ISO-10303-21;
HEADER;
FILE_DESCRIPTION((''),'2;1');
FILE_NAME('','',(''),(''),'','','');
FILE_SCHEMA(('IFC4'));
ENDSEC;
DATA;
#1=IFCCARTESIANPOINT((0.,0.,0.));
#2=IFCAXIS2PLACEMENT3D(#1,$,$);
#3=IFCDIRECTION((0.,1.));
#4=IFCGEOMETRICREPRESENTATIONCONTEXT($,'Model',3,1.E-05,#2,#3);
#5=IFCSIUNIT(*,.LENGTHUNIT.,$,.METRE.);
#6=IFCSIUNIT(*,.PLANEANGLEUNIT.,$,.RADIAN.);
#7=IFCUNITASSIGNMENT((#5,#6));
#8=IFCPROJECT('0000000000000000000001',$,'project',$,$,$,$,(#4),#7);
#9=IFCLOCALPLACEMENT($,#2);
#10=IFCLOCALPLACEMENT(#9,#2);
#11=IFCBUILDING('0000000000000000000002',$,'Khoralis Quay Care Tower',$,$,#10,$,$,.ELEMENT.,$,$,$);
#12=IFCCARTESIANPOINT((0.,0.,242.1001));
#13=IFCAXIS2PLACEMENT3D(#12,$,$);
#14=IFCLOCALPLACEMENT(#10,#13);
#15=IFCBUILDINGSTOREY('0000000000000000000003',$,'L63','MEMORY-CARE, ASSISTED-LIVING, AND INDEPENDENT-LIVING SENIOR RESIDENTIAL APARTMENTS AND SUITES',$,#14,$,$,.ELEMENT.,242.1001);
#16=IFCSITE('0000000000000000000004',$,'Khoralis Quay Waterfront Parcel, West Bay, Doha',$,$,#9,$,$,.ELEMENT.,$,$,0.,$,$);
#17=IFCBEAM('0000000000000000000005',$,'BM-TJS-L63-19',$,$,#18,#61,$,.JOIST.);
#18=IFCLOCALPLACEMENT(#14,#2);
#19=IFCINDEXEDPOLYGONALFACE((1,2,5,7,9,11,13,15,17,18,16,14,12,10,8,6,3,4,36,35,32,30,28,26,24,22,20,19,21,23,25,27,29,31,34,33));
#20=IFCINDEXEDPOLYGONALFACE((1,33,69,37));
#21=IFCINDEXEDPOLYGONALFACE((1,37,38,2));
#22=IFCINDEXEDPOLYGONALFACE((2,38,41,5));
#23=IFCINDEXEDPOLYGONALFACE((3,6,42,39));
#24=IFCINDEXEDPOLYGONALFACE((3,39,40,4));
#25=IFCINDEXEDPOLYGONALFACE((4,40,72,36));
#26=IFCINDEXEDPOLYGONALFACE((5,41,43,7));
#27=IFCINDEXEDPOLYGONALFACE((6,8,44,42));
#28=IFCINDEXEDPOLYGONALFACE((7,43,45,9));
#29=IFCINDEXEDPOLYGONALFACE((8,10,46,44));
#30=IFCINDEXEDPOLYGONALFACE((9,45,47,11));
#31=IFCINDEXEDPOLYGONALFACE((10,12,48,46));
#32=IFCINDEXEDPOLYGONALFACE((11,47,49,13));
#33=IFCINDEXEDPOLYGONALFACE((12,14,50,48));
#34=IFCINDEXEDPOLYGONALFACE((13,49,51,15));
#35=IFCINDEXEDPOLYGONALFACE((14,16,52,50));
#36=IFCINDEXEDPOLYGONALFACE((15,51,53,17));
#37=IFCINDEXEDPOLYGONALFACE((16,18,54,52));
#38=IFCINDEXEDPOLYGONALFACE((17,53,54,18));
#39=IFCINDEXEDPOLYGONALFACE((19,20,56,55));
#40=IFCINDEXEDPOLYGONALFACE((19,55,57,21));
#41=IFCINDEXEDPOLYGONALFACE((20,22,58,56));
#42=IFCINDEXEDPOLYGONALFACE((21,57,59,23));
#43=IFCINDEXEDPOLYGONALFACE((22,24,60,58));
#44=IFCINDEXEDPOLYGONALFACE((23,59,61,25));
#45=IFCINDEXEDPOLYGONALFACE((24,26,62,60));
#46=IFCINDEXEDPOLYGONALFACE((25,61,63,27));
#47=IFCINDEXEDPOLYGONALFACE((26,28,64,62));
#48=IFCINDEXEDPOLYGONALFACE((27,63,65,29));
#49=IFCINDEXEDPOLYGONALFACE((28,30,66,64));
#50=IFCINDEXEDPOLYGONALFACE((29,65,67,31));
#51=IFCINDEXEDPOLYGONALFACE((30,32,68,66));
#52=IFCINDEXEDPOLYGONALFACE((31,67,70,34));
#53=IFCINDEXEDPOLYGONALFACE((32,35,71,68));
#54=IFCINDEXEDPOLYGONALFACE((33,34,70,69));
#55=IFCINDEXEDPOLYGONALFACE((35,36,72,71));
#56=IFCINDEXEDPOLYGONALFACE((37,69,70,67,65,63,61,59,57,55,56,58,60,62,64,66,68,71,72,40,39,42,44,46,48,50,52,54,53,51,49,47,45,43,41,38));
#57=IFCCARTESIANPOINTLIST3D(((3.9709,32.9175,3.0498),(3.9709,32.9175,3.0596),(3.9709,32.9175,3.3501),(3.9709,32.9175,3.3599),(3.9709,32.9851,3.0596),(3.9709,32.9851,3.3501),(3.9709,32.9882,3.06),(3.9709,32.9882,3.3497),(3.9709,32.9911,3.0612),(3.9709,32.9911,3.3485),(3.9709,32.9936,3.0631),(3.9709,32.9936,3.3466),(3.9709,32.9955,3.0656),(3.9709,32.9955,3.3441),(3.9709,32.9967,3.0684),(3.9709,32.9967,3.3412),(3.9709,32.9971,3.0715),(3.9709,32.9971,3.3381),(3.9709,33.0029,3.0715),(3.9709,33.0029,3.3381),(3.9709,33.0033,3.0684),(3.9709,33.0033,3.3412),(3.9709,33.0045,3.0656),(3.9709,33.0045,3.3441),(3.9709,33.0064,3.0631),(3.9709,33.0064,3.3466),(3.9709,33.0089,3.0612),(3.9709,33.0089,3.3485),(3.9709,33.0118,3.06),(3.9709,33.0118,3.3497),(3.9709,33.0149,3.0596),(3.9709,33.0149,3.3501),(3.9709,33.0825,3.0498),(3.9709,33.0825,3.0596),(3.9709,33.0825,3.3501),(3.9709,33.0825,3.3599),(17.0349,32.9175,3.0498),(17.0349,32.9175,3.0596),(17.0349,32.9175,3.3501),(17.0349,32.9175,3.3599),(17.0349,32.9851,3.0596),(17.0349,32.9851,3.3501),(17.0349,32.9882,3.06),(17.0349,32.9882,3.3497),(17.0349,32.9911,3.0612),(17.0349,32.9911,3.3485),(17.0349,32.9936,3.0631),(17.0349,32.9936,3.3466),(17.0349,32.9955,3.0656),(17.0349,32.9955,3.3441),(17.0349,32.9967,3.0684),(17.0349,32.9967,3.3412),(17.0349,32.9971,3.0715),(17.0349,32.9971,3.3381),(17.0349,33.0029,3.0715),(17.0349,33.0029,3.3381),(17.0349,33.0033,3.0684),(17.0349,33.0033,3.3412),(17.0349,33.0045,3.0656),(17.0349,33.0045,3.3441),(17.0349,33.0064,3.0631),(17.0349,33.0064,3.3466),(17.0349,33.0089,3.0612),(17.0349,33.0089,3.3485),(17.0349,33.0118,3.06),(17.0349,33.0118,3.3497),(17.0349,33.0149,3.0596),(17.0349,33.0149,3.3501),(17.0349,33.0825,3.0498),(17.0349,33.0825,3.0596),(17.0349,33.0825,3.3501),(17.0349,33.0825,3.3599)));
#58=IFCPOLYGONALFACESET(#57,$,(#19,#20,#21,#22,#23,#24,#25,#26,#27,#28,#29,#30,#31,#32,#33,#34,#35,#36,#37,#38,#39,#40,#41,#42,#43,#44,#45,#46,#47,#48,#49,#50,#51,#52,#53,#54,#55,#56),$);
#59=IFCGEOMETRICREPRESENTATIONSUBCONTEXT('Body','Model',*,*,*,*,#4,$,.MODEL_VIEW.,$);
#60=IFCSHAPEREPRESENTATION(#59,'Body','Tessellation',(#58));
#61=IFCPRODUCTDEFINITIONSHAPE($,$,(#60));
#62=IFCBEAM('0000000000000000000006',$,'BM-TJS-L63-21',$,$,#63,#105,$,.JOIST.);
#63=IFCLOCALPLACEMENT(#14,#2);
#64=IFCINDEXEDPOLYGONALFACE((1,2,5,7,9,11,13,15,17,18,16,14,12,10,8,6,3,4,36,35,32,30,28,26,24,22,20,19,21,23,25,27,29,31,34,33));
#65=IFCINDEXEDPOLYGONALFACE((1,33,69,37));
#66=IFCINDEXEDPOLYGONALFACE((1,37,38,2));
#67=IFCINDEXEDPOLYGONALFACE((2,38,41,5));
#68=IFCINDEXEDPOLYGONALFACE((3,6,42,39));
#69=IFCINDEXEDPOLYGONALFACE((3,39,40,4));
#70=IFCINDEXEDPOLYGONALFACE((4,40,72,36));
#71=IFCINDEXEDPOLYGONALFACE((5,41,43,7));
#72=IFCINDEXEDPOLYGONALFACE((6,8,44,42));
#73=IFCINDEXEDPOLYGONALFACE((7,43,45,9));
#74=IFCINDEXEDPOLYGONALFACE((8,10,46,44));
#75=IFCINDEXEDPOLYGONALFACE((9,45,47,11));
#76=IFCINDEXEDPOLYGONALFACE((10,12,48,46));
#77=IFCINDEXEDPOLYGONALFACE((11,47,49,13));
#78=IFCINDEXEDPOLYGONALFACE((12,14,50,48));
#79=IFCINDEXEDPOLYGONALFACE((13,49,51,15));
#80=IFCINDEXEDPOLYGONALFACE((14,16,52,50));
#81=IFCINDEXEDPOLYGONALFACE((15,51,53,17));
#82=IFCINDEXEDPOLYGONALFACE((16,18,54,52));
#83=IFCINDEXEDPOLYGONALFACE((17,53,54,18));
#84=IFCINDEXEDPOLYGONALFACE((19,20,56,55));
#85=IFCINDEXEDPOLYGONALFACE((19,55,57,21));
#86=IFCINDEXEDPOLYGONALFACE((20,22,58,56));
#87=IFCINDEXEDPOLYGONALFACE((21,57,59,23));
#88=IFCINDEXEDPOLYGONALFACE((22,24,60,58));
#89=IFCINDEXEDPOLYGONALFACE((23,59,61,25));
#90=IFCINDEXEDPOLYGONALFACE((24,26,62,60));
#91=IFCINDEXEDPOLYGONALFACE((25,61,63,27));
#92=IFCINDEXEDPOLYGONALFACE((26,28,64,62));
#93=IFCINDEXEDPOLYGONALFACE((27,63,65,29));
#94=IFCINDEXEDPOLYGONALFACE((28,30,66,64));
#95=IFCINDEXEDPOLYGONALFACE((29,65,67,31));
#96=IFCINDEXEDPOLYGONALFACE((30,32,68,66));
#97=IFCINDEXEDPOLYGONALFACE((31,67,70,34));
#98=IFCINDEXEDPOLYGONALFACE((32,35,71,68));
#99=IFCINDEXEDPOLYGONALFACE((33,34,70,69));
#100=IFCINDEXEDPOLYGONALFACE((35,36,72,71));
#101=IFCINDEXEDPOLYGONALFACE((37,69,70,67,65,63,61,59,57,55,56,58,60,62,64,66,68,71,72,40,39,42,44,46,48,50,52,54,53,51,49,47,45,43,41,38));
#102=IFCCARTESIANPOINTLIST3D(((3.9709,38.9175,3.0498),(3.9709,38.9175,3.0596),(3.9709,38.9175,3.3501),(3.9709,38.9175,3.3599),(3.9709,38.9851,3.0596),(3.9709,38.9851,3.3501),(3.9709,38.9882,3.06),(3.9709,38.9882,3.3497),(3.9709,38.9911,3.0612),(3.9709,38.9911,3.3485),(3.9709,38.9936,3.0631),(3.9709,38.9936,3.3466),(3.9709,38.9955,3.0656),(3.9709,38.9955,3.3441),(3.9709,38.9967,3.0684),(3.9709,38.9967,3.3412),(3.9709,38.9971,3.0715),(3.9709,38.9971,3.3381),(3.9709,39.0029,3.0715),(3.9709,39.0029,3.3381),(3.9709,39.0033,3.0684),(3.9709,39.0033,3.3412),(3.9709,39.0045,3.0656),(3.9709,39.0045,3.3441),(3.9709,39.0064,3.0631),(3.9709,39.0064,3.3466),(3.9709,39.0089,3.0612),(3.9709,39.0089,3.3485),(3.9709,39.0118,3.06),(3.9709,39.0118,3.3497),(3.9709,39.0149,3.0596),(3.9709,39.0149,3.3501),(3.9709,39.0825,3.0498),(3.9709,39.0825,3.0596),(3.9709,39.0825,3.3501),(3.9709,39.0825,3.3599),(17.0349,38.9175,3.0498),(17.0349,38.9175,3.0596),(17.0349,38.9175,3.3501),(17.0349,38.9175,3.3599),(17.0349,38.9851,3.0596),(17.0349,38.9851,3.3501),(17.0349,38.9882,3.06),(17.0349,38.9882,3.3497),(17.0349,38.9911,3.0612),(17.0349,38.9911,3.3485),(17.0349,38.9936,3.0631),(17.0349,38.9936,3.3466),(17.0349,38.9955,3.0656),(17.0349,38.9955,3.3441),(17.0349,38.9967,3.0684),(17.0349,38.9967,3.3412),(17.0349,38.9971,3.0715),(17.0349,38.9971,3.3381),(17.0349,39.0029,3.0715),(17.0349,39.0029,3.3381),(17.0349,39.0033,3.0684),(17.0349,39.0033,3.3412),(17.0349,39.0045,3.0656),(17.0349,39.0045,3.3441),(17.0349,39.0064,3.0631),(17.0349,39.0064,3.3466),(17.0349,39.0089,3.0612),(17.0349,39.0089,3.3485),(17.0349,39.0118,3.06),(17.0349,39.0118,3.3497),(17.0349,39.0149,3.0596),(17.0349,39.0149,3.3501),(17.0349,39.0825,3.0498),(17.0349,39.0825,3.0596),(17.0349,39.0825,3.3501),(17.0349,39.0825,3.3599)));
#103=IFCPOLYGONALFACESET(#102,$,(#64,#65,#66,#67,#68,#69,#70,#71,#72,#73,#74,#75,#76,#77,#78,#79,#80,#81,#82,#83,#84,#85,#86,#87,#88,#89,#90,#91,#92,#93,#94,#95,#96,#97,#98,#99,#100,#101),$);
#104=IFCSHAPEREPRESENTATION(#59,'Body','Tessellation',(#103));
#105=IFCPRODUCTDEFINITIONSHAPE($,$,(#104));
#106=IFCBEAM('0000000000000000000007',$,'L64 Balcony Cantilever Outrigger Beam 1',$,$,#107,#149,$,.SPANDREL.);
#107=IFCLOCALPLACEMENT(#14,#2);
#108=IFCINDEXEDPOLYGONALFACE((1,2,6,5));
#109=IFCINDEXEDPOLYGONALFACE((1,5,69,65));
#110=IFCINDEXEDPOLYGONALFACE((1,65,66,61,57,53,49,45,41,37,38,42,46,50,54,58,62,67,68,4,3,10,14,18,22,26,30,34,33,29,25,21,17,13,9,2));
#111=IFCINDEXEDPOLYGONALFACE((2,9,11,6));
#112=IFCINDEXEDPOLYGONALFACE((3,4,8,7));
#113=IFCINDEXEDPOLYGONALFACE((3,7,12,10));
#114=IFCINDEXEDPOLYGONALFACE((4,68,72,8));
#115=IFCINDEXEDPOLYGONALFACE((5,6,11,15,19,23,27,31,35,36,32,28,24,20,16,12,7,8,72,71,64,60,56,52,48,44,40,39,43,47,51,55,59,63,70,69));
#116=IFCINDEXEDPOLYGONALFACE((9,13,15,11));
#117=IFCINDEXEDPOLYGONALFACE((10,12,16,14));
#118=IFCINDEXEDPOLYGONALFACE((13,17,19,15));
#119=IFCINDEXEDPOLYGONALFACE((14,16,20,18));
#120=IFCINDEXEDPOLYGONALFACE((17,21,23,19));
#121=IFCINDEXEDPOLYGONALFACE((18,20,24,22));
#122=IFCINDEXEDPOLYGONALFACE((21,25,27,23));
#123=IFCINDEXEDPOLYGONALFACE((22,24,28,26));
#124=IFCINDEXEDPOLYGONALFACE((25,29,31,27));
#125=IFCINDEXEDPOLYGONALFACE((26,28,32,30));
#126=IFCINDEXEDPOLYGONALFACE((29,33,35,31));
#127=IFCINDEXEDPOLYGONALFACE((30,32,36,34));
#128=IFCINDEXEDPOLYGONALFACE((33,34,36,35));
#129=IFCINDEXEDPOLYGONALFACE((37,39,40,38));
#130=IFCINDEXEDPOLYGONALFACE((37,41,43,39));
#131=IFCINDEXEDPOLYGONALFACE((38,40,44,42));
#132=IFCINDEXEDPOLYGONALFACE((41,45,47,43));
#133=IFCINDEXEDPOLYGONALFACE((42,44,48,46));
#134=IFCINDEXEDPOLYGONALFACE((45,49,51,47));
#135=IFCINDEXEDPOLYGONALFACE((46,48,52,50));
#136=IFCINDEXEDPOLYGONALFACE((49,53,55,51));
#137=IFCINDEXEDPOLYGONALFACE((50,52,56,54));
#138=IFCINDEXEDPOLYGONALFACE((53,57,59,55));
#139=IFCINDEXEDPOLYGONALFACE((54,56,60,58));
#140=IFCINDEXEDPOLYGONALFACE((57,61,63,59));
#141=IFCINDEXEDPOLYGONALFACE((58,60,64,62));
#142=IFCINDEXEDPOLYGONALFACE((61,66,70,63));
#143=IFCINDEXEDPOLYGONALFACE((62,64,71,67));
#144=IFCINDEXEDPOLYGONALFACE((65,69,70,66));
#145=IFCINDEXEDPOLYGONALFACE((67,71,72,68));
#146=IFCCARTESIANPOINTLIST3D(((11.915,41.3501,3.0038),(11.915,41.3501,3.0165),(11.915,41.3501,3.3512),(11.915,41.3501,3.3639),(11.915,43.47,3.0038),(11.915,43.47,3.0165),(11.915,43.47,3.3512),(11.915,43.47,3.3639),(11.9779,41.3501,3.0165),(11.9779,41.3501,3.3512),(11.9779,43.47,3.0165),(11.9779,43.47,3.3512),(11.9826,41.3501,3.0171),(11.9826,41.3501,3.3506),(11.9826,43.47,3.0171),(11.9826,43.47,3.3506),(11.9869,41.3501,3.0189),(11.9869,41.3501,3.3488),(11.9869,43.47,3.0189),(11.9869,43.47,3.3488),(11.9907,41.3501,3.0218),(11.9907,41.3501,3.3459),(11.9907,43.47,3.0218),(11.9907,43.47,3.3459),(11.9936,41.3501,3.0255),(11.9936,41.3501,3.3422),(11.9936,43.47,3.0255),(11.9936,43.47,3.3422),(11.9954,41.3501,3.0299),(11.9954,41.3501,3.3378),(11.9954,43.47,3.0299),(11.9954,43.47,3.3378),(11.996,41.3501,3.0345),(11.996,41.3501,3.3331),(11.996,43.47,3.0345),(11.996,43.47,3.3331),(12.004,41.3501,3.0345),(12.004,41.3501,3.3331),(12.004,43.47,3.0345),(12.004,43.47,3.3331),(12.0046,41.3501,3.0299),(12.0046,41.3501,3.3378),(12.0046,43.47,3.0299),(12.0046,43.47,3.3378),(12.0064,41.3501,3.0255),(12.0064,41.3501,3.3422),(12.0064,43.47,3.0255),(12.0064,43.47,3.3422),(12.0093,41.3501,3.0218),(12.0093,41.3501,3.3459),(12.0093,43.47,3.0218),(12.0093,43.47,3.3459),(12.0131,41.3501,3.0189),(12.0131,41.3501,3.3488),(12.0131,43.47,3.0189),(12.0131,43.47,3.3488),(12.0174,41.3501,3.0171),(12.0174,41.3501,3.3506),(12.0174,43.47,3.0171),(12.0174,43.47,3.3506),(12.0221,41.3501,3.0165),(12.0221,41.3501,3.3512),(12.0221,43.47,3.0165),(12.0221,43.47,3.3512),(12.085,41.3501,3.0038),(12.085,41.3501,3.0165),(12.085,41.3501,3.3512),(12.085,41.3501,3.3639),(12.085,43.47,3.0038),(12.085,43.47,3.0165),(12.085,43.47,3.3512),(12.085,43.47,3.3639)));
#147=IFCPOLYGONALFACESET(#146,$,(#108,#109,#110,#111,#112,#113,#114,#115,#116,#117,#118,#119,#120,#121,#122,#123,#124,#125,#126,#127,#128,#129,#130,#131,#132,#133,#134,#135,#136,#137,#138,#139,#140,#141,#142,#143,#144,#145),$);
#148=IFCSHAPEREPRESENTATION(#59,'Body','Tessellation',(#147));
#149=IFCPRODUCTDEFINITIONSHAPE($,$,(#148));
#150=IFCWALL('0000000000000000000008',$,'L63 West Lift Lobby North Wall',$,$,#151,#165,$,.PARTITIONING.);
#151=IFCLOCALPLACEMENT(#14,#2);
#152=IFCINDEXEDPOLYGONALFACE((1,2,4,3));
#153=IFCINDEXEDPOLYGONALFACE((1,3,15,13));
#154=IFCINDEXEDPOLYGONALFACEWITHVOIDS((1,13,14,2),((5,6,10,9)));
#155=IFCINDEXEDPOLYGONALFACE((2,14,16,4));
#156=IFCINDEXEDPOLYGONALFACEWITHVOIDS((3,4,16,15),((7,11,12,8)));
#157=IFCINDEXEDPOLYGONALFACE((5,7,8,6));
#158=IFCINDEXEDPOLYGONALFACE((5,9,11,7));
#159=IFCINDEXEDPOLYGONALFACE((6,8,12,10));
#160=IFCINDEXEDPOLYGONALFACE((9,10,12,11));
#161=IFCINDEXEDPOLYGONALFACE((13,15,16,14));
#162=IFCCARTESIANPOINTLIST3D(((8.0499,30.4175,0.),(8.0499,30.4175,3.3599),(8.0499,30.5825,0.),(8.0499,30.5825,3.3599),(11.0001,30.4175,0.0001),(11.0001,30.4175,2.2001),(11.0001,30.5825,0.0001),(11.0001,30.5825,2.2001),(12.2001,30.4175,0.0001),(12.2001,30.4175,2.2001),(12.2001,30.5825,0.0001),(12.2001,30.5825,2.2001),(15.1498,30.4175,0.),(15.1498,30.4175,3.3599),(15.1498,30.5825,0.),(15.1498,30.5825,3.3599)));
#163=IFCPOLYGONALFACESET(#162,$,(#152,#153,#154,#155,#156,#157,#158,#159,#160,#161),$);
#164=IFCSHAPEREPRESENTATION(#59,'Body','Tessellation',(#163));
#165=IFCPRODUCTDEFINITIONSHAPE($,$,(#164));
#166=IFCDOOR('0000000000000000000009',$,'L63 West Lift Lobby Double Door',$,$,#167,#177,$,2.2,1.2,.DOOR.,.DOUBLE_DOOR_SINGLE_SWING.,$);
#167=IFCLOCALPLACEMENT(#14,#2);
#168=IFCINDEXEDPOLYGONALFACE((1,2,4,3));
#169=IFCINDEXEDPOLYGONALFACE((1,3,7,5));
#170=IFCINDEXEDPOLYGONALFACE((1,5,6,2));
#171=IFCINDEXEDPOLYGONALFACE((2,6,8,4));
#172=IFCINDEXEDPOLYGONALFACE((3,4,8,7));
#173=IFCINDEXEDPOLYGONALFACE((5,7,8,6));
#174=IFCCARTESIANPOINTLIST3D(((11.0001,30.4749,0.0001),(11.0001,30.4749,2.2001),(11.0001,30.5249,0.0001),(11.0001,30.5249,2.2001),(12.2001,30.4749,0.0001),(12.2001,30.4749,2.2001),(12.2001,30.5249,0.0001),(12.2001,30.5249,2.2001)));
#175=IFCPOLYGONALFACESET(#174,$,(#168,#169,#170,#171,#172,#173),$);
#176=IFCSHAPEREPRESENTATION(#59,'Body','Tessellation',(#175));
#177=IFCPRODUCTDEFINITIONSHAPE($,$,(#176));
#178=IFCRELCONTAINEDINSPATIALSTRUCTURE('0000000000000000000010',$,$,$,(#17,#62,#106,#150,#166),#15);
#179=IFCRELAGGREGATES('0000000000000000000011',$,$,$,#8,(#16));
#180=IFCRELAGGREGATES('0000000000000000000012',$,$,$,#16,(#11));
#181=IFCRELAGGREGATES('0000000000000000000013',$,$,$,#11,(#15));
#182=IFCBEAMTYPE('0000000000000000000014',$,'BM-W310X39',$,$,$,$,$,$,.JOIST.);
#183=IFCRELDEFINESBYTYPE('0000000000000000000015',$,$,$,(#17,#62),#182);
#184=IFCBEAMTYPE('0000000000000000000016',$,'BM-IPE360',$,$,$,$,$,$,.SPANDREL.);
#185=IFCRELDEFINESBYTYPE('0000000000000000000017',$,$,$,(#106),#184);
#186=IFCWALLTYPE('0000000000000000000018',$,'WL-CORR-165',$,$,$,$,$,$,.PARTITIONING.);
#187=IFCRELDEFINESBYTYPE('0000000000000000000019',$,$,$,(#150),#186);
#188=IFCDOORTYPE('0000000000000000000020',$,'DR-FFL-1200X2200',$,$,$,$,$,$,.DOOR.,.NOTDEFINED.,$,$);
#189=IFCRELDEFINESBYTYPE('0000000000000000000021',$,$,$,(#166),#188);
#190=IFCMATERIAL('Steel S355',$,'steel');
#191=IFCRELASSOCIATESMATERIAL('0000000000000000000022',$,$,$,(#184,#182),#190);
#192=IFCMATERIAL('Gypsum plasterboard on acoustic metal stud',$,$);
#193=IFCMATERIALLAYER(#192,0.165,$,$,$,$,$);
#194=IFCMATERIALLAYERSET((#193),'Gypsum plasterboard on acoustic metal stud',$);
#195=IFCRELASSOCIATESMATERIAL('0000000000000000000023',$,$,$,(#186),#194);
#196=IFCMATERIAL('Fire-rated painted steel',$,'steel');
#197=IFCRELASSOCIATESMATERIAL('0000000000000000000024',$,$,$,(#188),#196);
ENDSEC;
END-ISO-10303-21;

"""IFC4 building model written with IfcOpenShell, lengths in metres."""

from ifc_helpers import new_model, si_unit, direction, frame, frame_2d, origin, origin_2d, place, context, subcontext, project, spatial, rectangle, i_section, extrude, source, transform, mapped, material, layer, layer_set, material_profile, profile_set, type_object, element, fill, save


model = new_model("IFC4")

# Units and contexts
model_context = context("Model", 3, precision=1e-05, world=origin(), true_north=direction((0.0, 1.0)))
body_context = subcontext(model_context, "Body", "Model", "MODEL_VIEW")
ifc_project = project(units=[si_unit("LENGTHUNIT", "METRE"), si_unit("PLANEANGLEUNIT", "RADIAN")], contexts=[model_context])

# Site, building, storey
site_placement = place(None, origin())
site = spatial("IfcSite", under=ifc_project, at=site_placement, Name="Khoralis Quay Waterfront Parcel, West Bay, Doha", CompositionType="ELEMENT", RefElevation=0.0)
building_placement = place(site_placement, origin())
building = spatial("IfcBuilding", under=site, at=building_placement, Name="Khoralis Quay Care Tower", CompositionType="ELEMENT")
storey_placement = place(building_placement, frame((0.0, 0.0, 242.1001)))
storey = spatial("IfcBuildingStorey", under=building, at=storey_placement, Name="L63", Description="MEMORY-CARE, ASSISTED-LIVING, AND INDEPENDENT-LIVING SENIOR RESIDENTIAL APARTMENTS AND SUITES", CompositionType="ELEMENT", Elevation=242.1001)

# Beams
ifc_material_1 = material(Name="Steel S355", Category="steel")
ifc_material_profile_1 = material_profile(ifc_material_1, i_section(OverallWidth=0.1699, OverallDepth=0.3601, WebThickness=0.0081, FlangeThickness=0.0127, FilletRadius=0.0181, at=origin_2d()), Name="Steel S355")
ifc_profile_set_1 = profile_set([ifc_material_profile_1], Name="Steel S355")
beam_type_1 = type_object("IfcBeamType", Name="BM-IPE360", PredefinedType="SPANDREL", material=ifc_profile_set_1)
ifc_material_profile_2 = material_profile(ifc_material_1, i_section(OverallWidth=0.165, OverallDepth=0.3101, WebThickness=0.0059, FlangeThickness=0.0098, FilletRadius=0.012, at=origin_2d()), Name="Steel S355")
ifc_profile_set_2 = profile_set([ifc_material_profile_2], Name="Steel S355")
beam_type_2 = type_object("IfcBeamType", Name="BM-W310X39", PredefinedType="JOIST", material=ifc_profile_set_2)
shared_shape_1 = source(origin(), body_context, "Body", "SweptSolid", [
    extrude(i_section(OverallWidth=0.165, OverallDepth=0.3101, WebThickness=0.0059, FlangeThickness=0.0098, FilletRadius=0.012, at=origin_2d()), origin(), (0.0, 0.0, 1.0), 13.064),
])
for number, where, z_axis, x_axis, name in (
    (1, (3.9709, 33.0, 3.2048), (1.0, 0.0, 0.0), (0.0, 1.0, 0.0), "BM-TJS-L63-19"),
    (2, (3.9709, 39.0, 3.2048), (1.0, 0.0, 0.0), (0.0, 1.0, 0.0), "BM-TJS-L63-21"),
):
    element("IfcBeam", number, at=place(storey_placement, frame(where, z_axis=z_axis, x_axis=x_axis)), inside=storey, type_object=beam_type_2, Name=name, PredefinedType="JOIST", context=body_context, shape_type="MappedRepresentation", body=[
        mapped(shared_shape_1, transform((0.0, 0.0, 0.0), scale=1.0)),
    ])
shared_shape_2 = source(origin(), body_context, "Body", "SweptSolid", [
    extrude(i_section(OverallWidth=0.1699, OverallDepth=0.3601, WebThickness=0.0081, FlangeThickness=0.0127, FilletRadius=0.0181, at=origin_2d()), origin(), (0.0, 0.0, 1.0), 2.1199),
])
beam_1_placement = place(storey_placement, frame((12.0, 41.3501, 3.1838), z_axis=(0.0, 1.0, 0.0), x_axis=(-1.0, 0.0, 0.0)))
element("IfcBeam", 3, at=beam_1_placement, inside=storey, type_object=beam_type_1, Name="L64 Balcony Cantilever Outrigger Beam 1", PredefinedType="SPANDREL", context=body_context, shape_type="MappedRepresentation", body=[
    mapped(shared_shape_2, transform((0.0, 0.0, 0.0), scale=1.0)),
])

# Wall, opening, door
ifc_material_2 = material(Name="Gypsum plasterboard on acoustic metal stud")
ifc_layer_1 = layer(ifc_material_2, 0.165)
ifc_layer_set_1 = layer_set([ifc_layer_1], Name="Gypsum plasterboard on acoustic metal stud")
wall_type_1 = type_object("IfcWallType", Name="WL-CORR-165", PredefinedType="PARTITIONING", material=ifc_layer_set_1)
wall_1_placement = place(storey_placement, frame((8.05, 30.5, 0.0), z_axis=(0.0, 0.0, 1.0), x_axis=(1.0, 0.0, 0.0)))
wall_1 = element("IfcWall", 4, at=wall_1_placement, inside=storey, type_object=wall_type_1, Name="L63 West Lift Lobby North Wall", PredefinedType="PARTITIONING", context=body_context, shape_type="SweptSolid", body=[
    extrude(rectangle(XDim=7.0999, YDim=0.165, at=frame_2d((3.5498, 0.0))), origin(), (0.0, 0.0, 1.0), 3.3599),
])
opening_1_placement = place(wall_1_placement, frame((2.95, 0.0, 0.0)))
opening_1 = element("IfcOpeningElement", 5, at=opening_1_placement, cuts=wall_1, PredefinedType="OPENING", context=body_context, shape_type="SweptSolid", body=[
    extrude(rectangle(XDim=1.2, YDim=2.2, at=frame_2d((0.6001, 1.1001))), frame((0.0, 0.0925, 0.0), z_axis=(0.0, -1.0, 0.0), x_axis=(1.0, 0.0, 0.0)), (0.0, 0.0, 1.0), 0.1851),
])
ifc_material_3 = material(Name="Fire-rated painted steel", Category="steel")
door_type_1 = type_object("IfcDoorType", Name="DR-FFL-1200X2200", OperationType="NOTDEFINED", PredefinedType="DOOR", material=ifc_material_3)
shared_shape_3 = source(origin(), body_context, "Body", "SweptSolid", [
    extrude(rectangle(XDim=1.2, YDim=2.2, at=frame_2d((0.6001, 1.1001))), frame((0.0, 0.0249, 0.0), z_axis=(0.0, -1.0, 0.0), x_axis=(1.0, 0.0, 0.0)), (0.0, 0.0, 1.0), 0.05),
])
door_1_placement = place(opening_1_placement, origin())
door_1 = element("IfcDoor", 6, at=door_1_placement, inside=storey, type_object=door_type_1, Name="L63 West Lift Lobby Double Door", OperationType="DOUBLE_DOOR_SINGLE_SWING", OverallHeight=2.2, OverallWidth=1.2, PredefinedType="DOOR", context=body_context, shape_type="MappedRepresentation", body=[
    mapped(shared_shape_3, transform((0.0, 0.0, 0.0), scale=1.0)),
])
fill(opening_1, door_1)

save(model, "model.ifc")
